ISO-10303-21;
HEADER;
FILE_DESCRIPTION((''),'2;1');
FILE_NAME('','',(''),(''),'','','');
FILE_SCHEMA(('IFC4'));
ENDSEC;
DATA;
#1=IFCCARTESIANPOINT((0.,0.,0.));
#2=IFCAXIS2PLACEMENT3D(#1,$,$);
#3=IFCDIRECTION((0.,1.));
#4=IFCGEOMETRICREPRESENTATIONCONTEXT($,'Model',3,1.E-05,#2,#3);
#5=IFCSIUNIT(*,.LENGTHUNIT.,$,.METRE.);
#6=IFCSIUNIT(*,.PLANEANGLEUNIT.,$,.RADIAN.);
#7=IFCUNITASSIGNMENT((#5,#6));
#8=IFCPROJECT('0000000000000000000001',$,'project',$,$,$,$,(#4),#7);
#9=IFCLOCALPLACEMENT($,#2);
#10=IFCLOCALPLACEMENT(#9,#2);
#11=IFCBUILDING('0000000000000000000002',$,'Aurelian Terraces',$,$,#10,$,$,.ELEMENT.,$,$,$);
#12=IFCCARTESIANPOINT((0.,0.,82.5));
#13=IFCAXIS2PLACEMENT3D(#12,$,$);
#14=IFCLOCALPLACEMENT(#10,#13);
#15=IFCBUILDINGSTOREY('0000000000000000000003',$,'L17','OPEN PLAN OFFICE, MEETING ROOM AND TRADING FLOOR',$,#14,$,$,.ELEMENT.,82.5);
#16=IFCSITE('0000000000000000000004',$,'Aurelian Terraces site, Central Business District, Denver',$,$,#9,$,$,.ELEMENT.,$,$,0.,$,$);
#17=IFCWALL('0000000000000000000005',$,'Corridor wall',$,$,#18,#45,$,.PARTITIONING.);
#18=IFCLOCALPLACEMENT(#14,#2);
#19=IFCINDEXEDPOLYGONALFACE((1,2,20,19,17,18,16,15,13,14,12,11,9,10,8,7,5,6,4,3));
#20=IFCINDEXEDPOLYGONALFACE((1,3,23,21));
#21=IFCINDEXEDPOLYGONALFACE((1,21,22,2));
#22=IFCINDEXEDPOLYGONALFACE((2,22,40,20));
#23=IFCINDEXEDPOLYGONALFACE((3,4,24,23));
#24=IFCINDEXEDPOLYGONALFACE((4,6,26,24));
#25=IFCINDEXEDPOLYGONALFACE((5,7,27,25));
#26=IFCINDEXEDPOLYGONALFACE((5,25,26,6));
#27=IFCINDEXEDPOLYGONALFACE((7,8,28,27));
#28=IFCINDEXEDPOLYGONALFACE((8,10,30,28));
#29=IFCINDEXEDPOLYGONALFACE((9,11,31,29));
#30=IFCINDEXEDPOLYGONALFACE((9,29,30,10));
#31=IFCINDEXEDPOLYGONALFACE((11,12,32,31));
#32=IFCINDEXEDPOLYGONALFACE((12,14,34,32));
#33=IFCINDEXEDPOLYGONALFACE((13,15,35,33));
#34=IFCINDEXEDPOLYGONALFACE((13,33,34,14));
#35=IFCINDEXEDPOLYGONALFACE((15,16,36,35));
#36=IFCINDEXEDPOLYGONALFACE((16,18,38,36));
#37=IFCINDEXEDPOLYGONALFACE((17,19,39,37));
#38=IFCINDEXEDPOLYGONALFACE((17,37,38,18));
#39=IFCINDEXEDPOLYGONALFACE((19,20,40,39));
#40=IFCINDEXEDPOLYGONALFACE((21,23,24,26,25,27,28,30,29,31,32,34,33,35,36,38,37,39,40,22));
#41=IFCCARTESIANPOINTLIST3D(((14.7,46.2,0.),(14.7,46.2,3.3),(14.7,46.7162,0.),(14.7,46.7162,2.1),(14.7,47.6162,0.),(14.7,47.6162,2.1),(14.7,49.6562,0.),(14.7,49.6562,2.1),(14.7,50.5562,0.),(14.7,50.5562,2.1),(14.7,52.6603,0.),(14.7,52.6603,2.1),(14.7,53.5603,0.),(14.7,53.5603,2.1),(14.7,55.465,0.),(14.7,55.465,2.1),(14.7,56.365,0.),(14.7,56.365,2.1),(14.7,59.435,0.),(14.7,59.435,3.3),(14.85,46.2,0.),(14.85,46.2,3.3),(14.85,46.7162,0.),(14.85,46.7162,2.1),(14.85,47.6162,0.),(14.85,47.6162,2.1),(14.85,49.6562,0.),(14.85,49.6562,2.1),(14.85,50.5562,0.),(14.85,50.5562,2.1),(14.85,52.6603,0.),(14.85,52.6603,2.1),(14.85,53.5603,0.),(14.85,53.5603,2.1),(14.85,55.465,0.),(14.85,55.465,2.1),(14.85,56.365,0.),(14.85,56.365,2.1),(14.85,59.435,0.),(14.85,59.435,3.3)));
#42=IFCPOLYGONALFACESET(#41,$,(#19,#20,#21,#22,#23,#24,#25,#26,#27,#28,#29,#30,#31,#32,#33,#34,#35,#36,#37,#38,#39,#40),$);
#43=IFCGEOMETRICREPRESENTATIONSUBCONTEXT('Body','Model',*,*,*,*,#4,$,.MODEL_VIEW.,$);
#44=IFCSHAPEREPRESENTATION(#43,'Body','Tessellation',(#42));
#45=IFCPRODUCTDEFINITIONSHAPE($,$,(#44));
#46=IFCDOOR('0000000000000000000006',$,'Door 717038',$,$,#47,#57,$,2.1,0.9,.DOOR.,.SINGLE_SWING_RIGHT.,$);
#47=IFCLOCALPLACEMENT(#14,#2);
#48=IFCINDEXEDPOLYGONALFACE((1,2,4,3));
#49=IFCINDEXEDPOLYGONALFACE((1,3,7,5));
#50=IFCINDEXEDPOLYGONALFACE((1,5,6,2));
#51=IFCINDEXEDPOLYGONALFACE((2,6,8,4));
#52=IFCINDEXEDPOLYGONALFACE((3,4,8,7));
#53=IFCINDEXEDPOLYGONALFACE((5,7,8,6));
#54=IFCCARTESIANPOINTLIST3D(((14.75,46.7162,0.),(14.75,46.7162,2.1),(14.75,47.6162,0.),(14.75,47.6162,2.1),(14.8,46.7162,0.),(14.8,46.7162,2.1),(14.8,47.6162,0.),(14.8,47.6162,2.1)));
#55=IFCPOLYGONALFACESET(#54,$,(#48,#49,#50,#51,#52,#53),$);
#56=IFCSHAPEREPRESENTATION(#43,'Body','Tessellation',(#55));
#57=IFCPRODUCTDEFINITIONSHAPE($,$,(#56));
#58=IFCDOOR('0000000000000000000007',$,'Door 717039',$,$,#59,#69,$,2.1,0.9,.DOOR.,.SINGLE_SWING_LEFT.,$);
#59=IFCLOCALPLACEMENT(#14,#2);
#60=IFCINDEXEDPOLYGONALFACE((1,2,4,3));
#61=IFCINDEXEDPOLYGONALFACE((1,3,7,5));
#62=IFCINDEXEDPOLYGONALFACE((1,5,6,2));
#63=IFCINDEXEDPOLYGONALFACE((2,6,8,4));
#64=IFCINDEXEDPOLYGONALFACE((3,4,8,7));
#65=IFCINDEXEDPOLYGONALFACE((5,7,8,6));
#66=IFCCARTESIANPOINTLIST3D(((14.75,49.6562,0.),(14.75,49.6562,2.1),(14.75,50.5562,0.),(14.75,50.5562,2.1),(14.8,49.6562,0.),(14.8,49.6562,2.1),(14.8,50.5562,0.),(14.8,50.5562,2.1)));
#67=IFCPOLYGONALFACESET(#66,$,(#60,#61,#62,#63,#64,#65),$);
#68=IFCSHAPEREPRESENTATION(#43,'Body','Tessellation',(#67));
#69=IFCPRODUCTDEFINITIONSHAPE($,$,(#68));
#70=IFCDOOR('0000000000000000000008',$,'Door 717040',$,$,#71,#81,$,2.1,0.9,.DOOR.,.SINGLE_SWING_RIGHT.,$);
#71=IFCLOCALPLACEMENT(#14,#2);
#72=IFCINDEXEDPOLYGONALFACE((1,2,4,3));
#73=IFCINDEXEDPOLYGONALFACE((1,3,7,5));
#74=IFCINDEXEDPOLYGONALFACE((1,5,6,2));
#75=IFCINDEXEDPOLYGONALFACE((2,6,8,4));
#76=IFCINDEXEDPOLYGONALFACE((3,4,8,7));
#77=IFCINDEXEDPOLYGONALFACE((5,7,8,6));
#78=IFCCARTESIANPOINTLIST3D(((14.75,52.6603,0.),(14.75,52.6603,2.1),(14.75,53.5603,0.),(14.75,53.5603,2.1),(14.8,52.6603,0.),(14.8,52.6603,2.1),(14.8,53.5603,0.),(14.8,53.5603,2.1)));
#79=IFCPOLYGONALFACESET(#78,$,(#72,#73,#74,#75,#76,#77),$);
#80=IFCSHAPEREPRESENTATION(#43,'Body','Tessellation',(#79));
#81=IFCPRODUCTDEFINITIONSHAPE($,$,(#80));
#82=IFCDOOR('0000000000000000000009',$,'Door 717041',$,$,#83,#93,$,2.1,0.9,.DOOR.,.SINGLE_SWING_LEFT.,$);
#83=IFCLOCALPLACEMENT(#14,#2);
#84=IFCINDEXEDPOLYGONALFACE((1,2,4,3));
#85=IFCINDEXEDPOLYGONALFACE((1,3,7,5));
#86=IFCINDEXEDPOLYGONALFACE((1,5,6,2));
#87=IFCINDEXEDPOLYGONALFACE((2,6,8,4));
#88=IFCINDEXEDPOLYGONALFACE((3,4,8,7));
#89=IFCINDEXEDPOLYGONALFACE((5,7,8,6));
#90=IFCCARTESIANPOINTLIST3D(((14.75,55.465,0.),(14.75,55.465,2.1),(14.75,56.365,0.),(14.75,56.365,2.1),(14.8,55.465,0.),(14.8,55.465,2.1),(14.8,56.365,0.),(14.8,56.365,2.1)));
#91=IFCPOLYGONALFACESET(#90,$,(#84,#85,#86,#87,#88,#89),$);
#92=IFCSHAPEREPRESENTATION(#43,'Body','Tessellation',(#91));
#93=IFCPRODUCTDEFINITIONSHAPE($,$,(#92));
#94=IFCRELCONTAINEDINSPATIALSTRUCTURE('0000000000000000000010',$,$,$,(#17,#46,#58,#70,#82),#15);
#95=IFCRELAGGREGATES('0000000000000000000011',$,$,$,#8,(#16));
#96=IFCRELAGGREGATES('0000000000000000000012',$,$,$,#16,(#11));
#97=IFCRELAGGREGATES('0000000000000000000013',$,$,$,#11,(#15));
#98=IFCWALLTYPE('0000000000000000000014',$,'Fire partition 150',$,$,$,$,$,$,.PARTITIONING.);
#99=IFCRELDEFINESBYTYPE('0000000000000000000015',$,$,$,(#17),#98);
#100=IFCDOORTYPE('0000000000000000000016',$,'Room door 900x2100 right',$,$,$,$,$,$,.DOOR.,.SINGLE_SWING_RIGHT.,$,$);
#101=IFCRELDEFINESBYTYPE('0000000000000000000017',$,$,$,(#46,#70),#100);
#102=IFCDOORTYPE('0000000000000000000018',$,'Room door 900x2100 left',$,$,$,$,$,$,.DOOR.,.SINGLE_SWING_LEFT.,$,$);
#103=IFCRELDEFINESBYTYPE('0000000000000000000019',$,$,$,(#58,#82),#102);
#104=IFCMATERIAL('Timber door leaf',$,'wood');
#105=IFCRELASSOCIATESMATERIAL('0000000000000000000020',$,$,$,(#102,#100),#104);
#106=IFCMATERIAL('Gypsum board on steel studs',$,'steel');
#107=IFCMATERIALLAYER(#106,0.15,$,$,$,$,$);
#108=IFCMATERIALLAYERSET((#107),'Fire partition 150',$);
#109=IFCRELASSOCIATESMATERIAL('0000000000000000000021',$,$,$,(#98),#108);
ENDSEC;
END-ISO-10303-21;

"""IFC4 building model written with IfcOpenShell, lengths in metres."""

from ifc_helpers import new_model, si_unit, direction, frame, frame_2d, origin, place, context, subcontext, project, spatial, rectangle, extrude, source, transform, mapped, material, layer, layer_set, type_object, element, fill, save


model = new_model("IFC4")

# Units and contexts
model_context = context("Model", 3, precision=1e-05, world=origin(), true_north=direction((0.0, 1.0)))
body_context = subcontext(model_context, "Body", "Model", "MODEL_VIEW")
ifc_project = project(units=[si_unit("LENGTHUNIT", "METRE"), si_unit("PLANEANGLEUNIT", "RADIAN")], contexts=[model_context])

# Site, building, storey
site_placement = place(None, origin())
site = spatial("IfcSite", under=ifc_project, at=site_placement, Name="Aurelian Terraces site, Central Business District, Denver", CompositionType="ELEMENT", RefElevation=0.0)
building_placement = place(site_placement, origin())
building = spatial("IfcBuilding", under=site, at=building_placement, Name="Aurelian Terraces", CompositionType="ELEMENT")
storey_placement = place(building_placement, frame((0.0, 0.0, 82.5)))
storey = spatial("IfcBuildingStorey", under=building, at=storey_placement, Name="L17", Description="OPEN PLAN OFFICE, MEETING ROOM AND TRADING FLOOR", CompositionType="ELEMENT", Elevation=82.5)

# Shared definitions
ifc_material_1 = material(Name="Gypsum board on steel studs", Category="steel")

# Shared definitions
shared_shape_1 = source(origin(), body_context, "Body", "SweptSolid", [
    extrude(rectangle(XDim=0.9, YDim=2.1, at=frame_2d((0.45, 1.05))), frame((0.0, 0.085, 0.0), z_axis=(0.0, -1.0, 0.0), x_axis=(1.0, 0.0, 0.0)), (0.0, 0.0, 1.0), 0.17),
])
ifc_material_2 = material(Name="Timber door leaf", Category="wood")
door_type_1 = type_object("IfcDoorType", Name="Room door 900x2100 left", OperationType="SINGLE_SWING_LEFT", PredefinedType="DOOR", material=ifc_material_2)
shared_shape_2 = source(origin(), body_context, "Body", "SweptSolid", [
    extrude(rectangle(XDim=0.9, YDim=2.1, at=frame_2d((0.45, 1.05))), frame((0.0, 0.025, 0.0), z_axis=(0.0, -1.0, 0.0), x_axis=(1.0, 0.0, 0.0)), (0.0, 0.0, 1.0), 0.05),
])

# Wall, openings, doors
ifc_layer_1 = layer(ifc_material_1, 0.15)
ifc_layer_set_1 = layer_set([ifc_layer_1], Name="Fire partition 150")
wall_type_1 = type_object("IfcWallType", Name="Fire partition 150", PredefinedType="PARTITIONING", material=ifc_layer_set_1)
shared_shape_3 = source(origin(), body_context, "Body", "SweptSolid", [
    extrude(rectangle(XDim=13.235, YDim=0.15, at=frame_2d((6.6175, 0.0))), origin(), (0.0, 0.0, 1.0), 3.3),
])
wall_1_placement = place(storey_placement, frame((14.775, 46.2, 0.0), z_axis=(0.0, 0.0, 1.0), x_axis=(0.0, 1.0, 0.0)))
wall_1 = element("IfcWall", 1, at=wall_1_placement, inside=storey, type_object=wall_type_1, Name="Corridor wall", PredefinedType="PARTITIONING", context=body_context, shape_type="MappedRepresentation", body=[
    mapped(shared_shape_3, transform((0.0, 0.0, 0.0), scale=1.0)),
])
opening_1_placement = place(wall_1_placement, frame((0.5162, 0.0, 0.0)))
opening_1 = element("IfcOpeningElement", 2, at=opening_1_placement, cuts=wall_1, PredefinedType="OPENING", context=body_context, shape_type="MappedRepresentation", body=[
    mapped(shared_shape_1, transform((0.0, 0.0, 0.0), scale=1.0)),
])
opening_2_placement = place(wall_1_placement, frame((3.4562, 0.0, 0.0)))
opening_2 = element("IfcOpeningElement", 3, at=opening_2_placement, cuts=wall_1, PredefinedType="OPENING", context=body_context, shape_type="MappedRepresentation", body=[
    mapped(shared_shape_1, transform((0.0, 0.0, 0.0), scale=1.0)),
])
opening_3_placement = place(wall_1_placement, frame((6.4603, 0.0, 0.0)))
opening_3 = element("IfcOpeningElement", 4, at=opening_3_placement, cuts=wall_1, PredefinedType="OPENING", context=body_context, shape_type="MappedRepresentation", body=[
    mapped(shared_shape_1, transform((0.0, 0.0, 0.0), scale=1.0)),
])
opening_4_placement = place(wall_1_placement, frame((9.265, 0.0, 0.0)))
opening_4 = element("IfcOpeningElement", 5, at=opening_4_placement, cuts=wall_1, PredefinedType="OPENING", context=body_context, shape_type="MappedRepresentation", body=[
    mapped(shared_shape_1, transform((0.0, 0.0, 0.0), scale=1.0)),
])
door_type_2 = type_object("IfcDoorType", Name="Room door 900x2100 right", OperationType="SINGLE_SWING_RIGHT", PredefinedType="DOOR", material=ifc_material_2)
door_1_placement = place(opening_1_placement, origin())
door_1 = element("IfcDoor", 6, at=door_1_placement, inside=storey, type_object=door_type_2, Name="Door 717038", OperationType="SINGLE_SWING_RIGHT", OverallHeight=2.1, OverallWidth=0.9, PredefinedType="DOOR", context=body_context, shape_type="MappedRepresentation", body=[
    mapped(shared_shape_2, transform((0.0, 0.0, 0.0), scale=1.0)),
])
fill(opening_1, door_1)
door_2_placement = place(opening_2_placement, origin())
door_2 = element("IfcDoor", 7, at=door_2_placement, inside=storey, type_object=door_type_1, Name="Door 717039", OperationType="SINGLE_SWING_LEFT", OverallHeight=2.1, OverallWidth=0.9, PredefinedType="DOOR", context=body_context, shape_type="MappedRepresentation", body=[
    mapped(shared_shape_2, transform((0.0, 0.0, 0.0), scale=1.0)),
])
fill(opening_2, door_2)
door_3_placement = place(opening_3_placement, origin())
door_3 = element("IfcDoor", 8, at=door_3_placement, inside=storey, type_object=door_type_2, Name="Door 717040", OperationType="SINGLE_SWING_RIGHT", OverallHeight=2.1, OverallWidth=0.9, PredefinedType="DOOR", context=body_context, shape_type="MappedRepresentation", body=[
    mapped(shared_shape_2, transform((0.0, 0.0, 0.0), scale=1.0)),
])
fill(opening_3, door_3)
door_4_placement = place(opening_4_placement, origin())
door_4 = element("IfcDoor", 9, at=door_4_placement, inside=storey, type_object=door_type_1, Name="Door 717041", OperationType="SINGLE_SWING_LEFT", OverallHeight=2.1, OverallWidth=0.9, PredefinedType="DOOR", context=body_context, shape_type="MappedRepresentation", body=[
    mapped(shared_shape_2, transform((0.0, 0.0, 0.0), scale=1.0)),
])
fill(opening_4, door_4)

save(model, "model.ifc")
